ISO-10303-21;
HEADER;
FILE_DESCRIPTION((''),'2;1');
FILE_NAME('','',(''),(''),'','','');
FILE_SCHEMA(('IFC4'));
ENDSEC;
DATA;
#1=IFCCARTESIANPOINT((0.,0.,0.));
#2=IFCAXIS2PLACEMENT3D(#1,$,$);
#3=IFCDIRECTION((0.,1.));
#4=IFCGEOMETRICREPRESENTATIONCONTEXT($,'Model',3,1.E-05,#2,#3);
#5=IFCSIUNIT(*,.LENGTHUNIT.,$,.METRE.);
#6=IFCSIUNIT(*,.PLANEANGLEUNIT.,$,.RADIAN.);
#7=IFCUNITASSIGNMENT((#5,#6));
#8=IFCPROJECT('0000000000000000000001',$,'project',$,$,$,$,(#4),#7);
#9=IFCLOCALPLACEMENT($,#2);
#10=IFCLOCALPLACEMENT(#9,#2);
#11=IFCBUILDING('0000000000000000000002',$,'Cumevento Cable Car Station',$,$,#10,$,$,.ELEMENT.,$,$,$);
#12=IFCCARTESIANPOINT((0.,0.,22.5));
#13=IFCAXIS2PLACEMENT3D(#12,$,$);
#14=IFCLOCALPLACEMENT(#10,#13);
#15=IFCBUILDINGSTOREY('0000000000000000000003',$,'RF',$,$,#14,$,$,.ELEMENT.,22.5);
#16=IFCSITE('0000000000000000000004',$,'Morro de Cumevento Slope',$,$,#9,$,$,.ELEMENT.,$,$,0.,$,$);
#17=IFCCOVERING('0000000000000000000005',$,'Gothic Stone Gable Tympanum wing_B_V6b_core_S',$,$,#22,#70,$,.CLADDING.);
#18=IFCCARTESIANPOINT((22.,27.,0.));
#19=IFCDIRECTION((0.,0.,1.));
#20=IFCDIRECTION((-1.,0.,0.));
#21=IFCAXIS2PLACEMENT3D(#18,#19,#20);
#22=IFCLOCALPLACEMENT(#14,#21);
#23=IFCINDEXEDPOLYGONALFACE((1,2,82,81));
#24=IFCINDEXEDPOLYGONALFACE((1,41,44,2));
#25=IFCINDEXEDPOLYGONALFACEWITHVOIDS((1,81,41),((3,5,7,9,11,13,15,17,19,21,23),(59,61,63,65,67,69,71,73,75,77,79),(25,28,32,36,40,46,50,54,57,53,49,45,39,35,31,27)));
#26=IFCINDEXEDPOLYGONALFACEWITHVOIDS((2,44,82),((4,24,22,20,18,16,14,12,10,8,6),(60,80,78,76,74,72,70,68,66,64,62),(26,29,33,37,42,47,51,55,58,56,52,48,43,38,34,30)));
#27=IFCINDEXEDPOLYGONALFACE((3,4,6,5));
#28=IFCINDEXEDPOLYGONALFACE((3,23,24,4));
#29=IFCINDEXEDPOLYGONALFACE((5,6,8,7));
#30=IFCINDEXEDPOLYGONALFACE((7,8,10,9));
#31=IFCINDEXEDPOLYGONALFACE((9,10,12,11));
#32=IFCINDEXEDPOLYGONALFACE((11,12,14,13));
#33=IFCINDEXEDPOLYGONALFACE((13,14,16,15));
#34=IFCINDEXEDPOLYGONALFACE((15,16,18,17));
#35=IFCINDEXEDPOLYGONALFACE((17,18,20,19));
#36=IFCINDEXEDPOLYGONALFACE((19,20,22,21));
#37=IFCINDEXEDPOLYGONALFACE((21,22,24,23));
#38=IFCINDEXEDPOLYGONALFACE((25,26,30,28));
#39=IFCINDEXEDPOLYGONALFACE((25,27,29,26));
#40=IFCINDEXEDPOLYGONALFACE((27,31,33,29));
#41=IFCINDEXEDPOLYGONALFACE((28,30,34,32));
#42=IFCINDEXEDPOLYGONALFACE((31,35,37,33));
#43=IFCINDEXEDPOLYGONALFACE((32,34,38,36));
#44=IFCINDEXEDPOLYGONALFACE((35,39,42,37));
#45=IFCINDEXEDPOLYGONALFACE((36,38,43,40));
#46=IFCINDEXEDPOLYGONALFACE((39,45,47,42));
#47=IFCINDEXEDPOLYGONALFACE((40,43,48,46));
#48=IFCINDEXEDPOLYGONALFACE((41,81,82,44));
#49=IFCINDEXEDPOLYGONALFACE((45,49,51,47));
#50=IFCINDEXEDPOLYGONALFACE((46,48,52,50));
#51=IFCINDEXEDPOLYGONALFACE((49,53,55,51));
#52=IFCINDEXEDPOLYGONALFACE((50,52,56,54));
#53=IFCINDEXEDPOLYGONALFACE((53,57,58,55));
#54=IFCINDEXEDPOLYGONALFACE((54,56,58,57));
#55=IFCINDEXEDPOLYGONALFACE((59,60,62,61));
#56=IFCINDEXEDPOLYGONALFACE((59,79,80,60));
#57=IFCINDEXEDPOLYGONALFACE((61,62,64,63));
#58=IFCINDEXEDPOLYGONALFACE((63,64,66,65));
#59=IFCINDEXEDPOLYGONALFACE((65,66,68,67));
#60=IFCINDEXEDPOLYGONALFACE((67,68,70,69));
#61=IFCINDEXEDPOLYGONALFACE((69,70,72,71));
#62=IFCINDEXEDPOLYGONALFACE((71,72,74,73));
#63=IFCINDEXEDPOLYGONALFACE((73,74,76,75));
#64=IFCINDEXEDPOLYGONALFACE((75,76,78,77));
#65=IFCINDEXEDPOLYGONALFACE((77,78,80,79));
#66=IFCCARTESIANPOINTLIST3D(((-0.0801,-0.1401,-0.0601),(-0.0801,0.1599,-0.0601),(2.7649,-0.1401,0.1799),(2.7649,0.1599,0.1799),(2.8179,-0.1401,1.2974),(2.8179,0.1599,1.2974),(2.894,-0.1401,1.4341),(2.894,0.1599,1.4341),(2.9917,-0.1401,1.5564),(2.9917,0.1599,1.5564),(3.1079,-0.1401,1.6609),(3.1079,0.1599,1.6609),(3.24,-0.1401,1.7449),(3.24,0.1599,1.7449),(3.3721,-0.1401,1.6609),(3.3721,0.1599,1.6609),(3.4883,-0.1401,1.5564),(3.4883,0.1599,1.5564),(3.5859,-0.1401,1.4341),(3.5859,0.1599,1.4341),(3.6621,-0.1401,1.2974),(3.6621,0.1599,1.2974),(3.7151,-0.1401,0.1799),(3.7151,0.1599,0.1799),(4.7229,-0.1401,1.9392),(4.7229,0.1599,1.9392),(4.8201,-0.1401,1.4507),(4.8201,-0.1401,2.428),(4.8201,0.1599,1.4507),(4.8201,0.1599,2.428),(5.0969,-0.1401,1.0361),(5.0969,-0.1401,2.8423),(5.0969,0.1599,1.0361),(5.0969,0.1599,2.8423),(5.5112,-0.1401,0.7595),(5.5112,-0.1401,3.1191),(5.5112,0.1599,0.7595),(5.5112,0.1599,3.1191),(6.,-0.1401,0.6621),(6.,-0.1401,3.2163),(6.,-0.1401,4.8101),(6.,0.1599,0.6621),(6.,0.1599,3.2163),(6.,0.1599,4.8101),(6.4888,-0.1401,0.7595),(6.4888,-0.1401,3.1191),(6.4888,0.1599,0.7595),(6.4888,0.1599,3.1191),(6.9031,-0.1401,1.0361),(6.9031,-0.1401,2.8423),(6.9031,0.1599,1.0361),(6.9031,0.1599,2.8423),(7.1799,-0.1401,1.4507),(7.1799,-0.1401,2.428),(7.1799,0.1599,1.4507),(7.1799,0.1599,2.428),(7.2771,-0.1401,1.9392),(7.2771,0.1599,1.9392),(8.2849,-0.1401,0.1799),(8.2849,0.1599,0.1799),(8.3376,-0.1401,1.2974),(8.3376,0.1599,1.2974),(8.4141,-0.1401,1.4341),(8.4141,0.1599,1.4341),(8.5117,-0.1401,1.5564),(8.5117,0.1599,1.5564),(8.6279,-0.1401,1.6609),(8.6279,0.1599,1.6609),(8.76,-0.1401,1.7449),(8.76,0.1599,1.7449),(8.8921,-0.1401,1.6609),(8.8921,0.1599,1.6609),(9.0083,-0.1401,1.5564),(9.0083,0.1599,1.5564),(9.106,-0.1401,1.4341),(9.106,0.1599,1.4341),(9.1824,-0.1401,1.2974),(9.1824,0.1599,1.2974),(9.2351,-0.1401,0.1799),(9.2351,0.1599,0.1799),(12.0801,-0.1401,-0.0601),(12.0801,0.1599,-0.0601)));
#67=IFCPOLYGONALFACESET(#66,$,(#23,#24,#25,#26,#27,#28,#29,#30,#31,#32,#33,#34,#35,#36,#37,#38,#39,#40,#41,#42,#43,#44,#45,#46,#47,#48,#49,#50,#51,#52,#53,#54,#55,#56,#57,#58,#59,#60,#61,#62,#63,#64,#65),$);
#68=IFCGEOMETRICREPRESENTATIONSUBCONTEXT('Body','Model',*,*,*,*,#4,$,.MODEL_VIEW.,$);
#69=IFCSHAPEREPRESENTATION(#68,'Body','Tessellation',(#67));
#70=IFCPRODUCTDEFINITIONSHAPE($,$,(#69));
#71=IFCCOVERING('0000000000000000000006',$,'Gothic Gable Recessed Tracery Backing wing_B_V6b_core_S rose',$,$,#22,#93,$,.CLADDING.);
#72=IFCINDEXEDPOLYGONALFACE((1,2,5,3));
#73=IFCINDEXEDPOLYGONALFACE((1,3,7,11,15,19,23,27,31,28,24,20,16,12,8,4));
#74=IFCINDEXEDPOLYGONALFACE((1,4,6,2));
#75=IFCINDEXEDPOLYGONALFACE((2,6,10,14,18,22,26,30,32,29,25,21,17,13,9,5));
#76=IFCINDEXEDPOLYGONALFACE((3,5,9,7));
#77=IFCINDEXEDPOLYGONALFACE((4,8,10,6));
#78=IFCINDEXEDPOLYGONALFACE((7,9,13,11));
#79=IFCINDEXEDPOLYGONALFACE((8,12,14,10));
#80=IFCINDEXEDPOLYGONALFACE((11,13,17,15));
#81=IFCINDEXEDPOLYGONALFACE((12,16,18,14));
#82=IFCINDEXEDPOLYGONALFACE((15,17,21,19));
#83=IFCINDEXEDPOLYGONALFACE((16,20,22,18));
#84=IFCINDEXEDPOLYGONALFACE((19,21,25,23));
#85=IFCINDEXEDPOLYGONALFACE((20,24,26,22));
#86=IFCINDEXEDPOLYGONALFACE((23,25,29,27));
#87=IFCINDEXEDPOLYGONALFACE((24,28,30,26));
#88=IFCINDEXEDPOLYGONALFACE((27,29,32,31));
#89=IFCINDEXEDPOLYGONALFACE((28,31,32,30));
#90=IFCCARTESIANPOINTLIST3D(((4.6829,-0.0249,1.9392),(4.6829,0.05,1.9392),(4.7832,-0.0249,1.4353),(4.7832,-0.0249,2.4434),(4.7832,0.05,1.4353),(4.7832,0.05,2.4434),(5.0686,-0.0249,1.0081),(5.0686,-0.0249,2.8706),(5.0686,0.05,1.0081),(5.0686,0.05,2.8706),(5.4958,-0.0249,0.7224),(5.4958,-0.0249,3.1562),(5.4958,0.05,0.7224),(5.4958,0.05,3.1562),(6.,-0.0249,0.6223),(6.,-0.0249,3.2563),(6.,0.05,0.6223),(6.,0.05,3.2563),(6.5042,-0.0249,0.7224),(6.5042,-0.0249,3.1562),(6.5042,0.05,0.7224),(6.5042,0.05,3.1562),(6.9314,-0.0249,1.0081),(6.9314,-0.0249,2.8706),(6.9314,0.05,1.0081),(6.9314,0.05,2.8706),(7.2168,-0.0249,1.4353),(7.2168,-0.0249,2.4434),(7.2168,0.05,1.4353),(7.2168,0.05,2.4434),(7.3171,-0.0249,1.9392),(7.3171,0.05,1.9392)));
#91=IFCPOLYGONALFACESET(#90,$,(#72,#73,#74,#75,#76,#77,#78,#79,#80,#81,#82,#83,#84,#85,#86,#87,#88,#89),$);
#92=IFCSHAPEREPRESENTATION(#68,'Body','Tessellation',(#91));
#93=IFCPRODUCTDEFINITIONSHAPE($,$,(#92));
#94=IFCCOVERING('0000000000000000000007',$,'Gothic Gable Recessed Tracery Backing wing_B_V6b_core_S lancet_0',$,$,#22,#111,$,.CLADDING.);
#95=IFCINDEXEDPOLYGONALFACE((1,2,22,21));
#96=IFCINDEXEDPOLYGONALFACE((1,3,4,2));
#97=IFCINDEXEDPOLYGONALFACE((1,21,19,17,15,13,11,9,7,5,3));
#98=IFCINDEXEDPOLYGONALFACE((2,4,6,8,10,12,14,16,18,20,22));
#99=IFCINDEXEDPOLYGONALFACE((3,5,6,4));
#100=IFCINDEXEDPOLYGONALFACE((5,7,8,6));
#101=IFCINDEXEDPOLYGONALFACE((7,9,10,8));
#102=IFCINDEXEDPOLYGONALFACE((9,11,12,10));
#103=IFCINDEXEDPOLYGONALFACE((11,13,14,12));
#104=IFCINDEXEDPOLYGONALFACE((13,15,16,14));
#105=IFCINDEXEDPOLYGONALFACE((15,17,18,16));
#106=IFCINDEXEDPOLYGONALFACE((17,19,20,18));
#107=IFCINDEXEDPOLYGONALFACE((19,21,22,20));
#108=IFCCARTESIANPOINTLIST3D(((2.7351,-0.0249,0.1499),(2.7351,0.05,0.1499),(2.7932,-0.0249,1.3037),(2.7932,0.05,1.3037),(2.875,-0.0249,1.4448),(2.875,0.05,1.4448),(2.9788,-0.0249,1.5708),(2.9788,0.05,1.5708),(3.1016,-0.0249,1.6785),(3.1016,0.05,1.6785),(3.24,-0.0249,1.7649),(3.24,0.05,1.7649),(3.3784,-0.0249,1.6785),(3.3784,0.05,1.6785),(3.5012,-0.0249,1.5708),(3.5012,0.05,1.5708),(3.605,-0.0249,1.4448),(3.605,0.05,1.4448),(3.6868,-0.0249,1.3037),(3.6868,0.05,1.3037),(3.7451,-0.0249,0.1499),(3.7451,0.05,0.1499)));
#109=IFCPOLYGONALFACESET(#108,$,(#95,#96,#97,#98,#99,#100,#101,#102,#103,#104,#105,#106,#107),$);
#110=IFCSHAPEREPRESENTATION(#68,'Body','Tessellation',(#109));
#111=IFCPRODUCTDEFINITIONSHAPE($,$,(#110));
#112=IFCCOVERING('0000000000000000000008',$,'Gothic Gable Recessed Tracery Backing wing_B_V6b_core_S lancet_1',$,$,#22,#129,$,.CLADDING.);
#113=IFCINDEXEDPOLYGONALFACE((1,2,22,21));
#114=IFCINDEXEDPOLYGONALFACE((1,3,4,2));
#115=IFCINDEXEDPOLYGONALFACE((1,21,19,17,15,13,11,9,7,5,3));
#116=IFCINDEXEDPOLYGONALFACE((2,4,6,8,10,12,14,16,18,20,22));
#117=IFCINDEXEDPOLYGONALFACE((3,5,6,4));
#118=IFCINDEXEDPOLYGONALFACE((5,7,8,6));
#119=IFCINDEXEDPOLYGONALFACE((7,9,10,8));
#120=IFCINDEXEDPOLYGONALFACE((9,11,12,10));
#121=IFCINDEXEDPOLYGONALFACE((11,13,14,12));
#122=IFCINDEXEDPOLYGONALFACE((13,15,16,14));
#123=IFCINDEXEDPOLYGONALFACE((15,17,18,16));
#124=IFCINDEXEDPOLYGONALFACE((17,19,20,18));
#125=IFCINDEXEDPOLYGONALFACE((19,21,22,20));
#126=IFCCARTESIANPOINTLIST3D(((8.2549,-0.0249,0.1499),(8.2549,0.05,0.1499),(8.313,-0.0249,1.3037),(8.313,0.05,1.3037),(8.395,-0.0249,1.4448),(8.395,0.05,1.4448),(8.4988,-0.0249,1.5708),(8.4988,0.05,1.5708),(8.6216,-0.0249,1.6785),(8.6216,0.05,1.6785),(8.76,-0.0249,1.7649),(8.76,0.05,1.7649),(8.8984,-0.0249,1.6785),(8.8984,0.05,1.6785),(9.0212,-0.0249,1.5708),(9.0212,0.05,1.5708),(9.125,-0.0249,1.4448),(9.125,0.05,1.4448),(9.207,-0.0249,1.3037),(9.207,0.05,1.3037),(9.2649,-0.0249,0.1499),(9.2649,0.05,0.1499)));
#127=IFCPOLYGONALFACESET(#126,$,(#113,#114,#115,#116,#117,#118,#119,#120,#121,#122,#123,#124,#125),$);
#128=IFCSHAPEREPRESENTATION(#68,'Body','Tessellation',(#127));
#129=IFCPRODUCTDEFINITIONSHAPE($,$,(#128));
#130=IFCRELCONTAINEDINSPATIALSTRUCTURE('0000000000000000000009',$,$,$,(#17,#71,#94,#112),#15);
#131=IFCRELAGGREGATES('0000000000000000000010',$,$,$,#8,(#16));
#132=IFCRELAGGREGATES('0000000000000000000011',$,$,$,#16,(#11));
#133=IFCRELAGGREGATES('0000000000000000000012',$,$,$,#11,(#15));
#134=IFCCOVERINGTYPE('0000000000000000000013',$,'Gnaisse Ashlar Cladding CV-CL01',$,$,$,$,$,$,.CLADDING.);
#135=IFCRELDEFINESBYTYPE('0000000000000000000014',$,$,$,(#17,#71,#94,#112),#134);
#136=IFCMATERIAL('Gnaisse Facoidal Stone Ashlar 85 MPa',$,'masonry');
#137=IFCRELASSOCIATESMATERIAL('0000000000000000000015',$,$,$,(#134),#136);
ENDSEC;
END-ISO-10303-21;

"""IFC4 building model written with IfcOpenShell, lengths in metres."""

from ifc_helpers import new_model, si_unit, direction, frame, origin, place, context, subcontext, project, spatial, polyline, outline, extrude, material, type_object, element, save


model = new_model("IFC4")

# Units and contexts
model_context = context("Model", 3, precision=1e-05, world=origin(), true_north=direction((0.0, 1.0)))
body_context = subcontext(model_context, "Body", "Model", "MODEL_VIEW")
ifc_project = project(units=[si_unit("LENGTHUNIT", "METRE"), si_unit("PLANEANGLEUNIT", "RADIAN")], contexts=[model_context])

# Site, building, storey
site_placement = place(None, origin())
site = spatial("IfcSite", under=ifc_project, at=site_placement, Name="Morro de Cumevento Slope", CompositionType="ELEMENT", RefElevation=0.0)
building_placement = place(site_placement, origin())
building = spatial("IfcBuilding", under=site, at=building_placement, Name="Cumevento Cable Car Station", CompositionType="ELEMENT")
storey_placement = place(building_placement, frame((0.0, 0.0, 22.5)))
storey = spatial("IfcBuildingStorey", under=building, at=storey_placement, Name="RF", CompositionType="ELEMENT", Elevation=22.5)

# Coverings
ifc_material_1 = material(Name="Gnaisse Facoidal Stone Ashlar 85 MPa", Category="masonry")
covering_type = type_object("IfcCoveringType", Name="Gnaisse Ashlar Cladding CV-CL01", PredefinedType="CLADDING", material=ifc_material_1)
placement = place(storey_placement, frame((22.0, 27.0, 0.0), z_axis=(0.0, 0.0, 1.0), x_axis=(-1.0, 0.0, 0.0)))
element("IfcCovering", 1, at=placement, inside=storey, type_object=covering_type, Name="Gothic Stone Gable Tympanum wing_B_V6b_core_S", PredefinedType="CLADDING", context=body_context, shape_type="SweptSolid", body=[
    extrude(outline(polyline([(-0.0801, -0.0601), (12.0801, -0.0601), (6.0, 4.8101), (-0.0801, -0.0601)]), holes=[polyline([(7.2771, 1.9392), (7.1799, 2.428), (6.9031, 2.8423), (6.4888, 3.1191), (6.0, 3.2163), (5.5112, 3.1191), (5.0969, 2.8423), (4.8201, 2.428), (4.7229, 1.9392), (4.8201, 1.4507), (5.0969, 1.0361), (5.5112, 0.7595), (6.0, 0.6621), (6.4888, 0.7595), (6.9031, 1.0361), (7.1799, 1.4507), (7.2771, 1.9392)]), polyline([(2.7649, 0.1799), (3.7151, 0.1799), (3.6621, 1.2974), (3.5859, 1.4341), (3.4883, 1.5564), (3.3721, 1.6609), (3.24, 1.7449), (3.1079, 1.6609), (2.9917, 1.5564), (2.894, 1.4341), (2.8179, 1.2974), (2.7649, 0.1799)]), polyline([(8.2849, 0.1799), (9.2351, 0.1799), (9.1824, 1.2974), (9.106, 1.4341), (9.0083, 1.5564), (8.8921, 1.6609), (8.76, 1.7449), (8.6279, 1.6609), (8.5117, 1.5564), (8.4141, 1.4341), (8.3376, 1.2974), (8.2849, 0.1799)])]), frame((0.0, 0.1599, 0.0), z_axis=(0.0, -1.0, 0.0), x_axis=(1.0, 0.0, 0.0)), (0.0, 0.0, 1.0), 0.3),
])
element("IfcCovering", 2, at=placement, inside=storey, type_object=covering_type, Name="Gothic Gable Recessed Tracery Backing wing_B_V6b_core_S rose", PredefinedType="CLADDING", context=body_context, shape_type="SweptSolid", body=[
    extrude(outline(polyline([(7.3171, 1.9392), (7.2168, 2.4434), (6.9314, 2.8706), (6.5042, 3.1562), (6.0, 3.2563), (5.4958, 3.1562), (5.0686, 2.8706), (4.7832, 2.4434), (4.6829, 1.9392), (4.7832, 1.4353), (5.0686, 1.0081), (5.4958, 0.7224), (6.0, 0.6223), (6.5042, 0.7224), (6.9314, 1.0081), (7.2168, 1.4353), (7.3171, 1.9392)])), frame((0.0, 0.05, 0.0), z_axis=(0.0, -1.0, 0.0), x_axis=(1.0, 0.0, 0.0)), (0.0, 0.0, 1.0), 0.075),
])
element("IfcCovering", 3, at=placement, inside=storey, type_object=covering_type, Name="Gothic Gable Recessed Tracery Backing wing_B_V6b_core_S lancet_0", PredefinedType="CLADDING", context=body_context, shape_type="SweptSolid", body=[
    extrude(outline(polyline([(2.7351, 0.1499), (3.7451, 0.1499), (3.6868, 1.3037), (3.605, 1.4448), (3.5012, 1.5708), (3.3784, 1.6785), (3.24, 1.7649), (3.1016, 1.6785), (2.9788, 1.5708), (2.875, 1.4448), (2.7932, 1.3037), (2.7351, 0.1499)])), frame((0.0, 0.05, 0.0), z_axis=(0.0, -1.0, 0.0), x_axis=(1.0, 0.0, 0.0)), (0.0, 0.0, 1.0), 0.075),
])
element("IfcCovering", 4, at=placement, inside=storey, type_object=covering_type, Name="Gothic Gable Recessed Tracery Backing wing_B_V6b_core_S lancet_1", PredefinedType="CLADDING", context=body_context, shape_type="SweptSolid", body=[
    extrude(outline(polyline([(8.2549, 0.1499), (9.2649, 0.1499), (9.207, 1.3037), (9.125, 1.4448), (9.0212, 1.5708), (8.8984, 1.6785), (8.76, 1.7649), (8.6216, 1.6785), (8.4988, 1.5708), (8.395, 1.4448), (8.313, 1.3037), (8.2549, 0.1499)])), frame((0.0, 0.05, 0.0), z_axis=(0.0, -1.0, 0.0), x_axis=(1.0, 0.0, 0.0)), (0.0, 0.0, 1.0), 0.075),
])

save(model, "model.ifc")
